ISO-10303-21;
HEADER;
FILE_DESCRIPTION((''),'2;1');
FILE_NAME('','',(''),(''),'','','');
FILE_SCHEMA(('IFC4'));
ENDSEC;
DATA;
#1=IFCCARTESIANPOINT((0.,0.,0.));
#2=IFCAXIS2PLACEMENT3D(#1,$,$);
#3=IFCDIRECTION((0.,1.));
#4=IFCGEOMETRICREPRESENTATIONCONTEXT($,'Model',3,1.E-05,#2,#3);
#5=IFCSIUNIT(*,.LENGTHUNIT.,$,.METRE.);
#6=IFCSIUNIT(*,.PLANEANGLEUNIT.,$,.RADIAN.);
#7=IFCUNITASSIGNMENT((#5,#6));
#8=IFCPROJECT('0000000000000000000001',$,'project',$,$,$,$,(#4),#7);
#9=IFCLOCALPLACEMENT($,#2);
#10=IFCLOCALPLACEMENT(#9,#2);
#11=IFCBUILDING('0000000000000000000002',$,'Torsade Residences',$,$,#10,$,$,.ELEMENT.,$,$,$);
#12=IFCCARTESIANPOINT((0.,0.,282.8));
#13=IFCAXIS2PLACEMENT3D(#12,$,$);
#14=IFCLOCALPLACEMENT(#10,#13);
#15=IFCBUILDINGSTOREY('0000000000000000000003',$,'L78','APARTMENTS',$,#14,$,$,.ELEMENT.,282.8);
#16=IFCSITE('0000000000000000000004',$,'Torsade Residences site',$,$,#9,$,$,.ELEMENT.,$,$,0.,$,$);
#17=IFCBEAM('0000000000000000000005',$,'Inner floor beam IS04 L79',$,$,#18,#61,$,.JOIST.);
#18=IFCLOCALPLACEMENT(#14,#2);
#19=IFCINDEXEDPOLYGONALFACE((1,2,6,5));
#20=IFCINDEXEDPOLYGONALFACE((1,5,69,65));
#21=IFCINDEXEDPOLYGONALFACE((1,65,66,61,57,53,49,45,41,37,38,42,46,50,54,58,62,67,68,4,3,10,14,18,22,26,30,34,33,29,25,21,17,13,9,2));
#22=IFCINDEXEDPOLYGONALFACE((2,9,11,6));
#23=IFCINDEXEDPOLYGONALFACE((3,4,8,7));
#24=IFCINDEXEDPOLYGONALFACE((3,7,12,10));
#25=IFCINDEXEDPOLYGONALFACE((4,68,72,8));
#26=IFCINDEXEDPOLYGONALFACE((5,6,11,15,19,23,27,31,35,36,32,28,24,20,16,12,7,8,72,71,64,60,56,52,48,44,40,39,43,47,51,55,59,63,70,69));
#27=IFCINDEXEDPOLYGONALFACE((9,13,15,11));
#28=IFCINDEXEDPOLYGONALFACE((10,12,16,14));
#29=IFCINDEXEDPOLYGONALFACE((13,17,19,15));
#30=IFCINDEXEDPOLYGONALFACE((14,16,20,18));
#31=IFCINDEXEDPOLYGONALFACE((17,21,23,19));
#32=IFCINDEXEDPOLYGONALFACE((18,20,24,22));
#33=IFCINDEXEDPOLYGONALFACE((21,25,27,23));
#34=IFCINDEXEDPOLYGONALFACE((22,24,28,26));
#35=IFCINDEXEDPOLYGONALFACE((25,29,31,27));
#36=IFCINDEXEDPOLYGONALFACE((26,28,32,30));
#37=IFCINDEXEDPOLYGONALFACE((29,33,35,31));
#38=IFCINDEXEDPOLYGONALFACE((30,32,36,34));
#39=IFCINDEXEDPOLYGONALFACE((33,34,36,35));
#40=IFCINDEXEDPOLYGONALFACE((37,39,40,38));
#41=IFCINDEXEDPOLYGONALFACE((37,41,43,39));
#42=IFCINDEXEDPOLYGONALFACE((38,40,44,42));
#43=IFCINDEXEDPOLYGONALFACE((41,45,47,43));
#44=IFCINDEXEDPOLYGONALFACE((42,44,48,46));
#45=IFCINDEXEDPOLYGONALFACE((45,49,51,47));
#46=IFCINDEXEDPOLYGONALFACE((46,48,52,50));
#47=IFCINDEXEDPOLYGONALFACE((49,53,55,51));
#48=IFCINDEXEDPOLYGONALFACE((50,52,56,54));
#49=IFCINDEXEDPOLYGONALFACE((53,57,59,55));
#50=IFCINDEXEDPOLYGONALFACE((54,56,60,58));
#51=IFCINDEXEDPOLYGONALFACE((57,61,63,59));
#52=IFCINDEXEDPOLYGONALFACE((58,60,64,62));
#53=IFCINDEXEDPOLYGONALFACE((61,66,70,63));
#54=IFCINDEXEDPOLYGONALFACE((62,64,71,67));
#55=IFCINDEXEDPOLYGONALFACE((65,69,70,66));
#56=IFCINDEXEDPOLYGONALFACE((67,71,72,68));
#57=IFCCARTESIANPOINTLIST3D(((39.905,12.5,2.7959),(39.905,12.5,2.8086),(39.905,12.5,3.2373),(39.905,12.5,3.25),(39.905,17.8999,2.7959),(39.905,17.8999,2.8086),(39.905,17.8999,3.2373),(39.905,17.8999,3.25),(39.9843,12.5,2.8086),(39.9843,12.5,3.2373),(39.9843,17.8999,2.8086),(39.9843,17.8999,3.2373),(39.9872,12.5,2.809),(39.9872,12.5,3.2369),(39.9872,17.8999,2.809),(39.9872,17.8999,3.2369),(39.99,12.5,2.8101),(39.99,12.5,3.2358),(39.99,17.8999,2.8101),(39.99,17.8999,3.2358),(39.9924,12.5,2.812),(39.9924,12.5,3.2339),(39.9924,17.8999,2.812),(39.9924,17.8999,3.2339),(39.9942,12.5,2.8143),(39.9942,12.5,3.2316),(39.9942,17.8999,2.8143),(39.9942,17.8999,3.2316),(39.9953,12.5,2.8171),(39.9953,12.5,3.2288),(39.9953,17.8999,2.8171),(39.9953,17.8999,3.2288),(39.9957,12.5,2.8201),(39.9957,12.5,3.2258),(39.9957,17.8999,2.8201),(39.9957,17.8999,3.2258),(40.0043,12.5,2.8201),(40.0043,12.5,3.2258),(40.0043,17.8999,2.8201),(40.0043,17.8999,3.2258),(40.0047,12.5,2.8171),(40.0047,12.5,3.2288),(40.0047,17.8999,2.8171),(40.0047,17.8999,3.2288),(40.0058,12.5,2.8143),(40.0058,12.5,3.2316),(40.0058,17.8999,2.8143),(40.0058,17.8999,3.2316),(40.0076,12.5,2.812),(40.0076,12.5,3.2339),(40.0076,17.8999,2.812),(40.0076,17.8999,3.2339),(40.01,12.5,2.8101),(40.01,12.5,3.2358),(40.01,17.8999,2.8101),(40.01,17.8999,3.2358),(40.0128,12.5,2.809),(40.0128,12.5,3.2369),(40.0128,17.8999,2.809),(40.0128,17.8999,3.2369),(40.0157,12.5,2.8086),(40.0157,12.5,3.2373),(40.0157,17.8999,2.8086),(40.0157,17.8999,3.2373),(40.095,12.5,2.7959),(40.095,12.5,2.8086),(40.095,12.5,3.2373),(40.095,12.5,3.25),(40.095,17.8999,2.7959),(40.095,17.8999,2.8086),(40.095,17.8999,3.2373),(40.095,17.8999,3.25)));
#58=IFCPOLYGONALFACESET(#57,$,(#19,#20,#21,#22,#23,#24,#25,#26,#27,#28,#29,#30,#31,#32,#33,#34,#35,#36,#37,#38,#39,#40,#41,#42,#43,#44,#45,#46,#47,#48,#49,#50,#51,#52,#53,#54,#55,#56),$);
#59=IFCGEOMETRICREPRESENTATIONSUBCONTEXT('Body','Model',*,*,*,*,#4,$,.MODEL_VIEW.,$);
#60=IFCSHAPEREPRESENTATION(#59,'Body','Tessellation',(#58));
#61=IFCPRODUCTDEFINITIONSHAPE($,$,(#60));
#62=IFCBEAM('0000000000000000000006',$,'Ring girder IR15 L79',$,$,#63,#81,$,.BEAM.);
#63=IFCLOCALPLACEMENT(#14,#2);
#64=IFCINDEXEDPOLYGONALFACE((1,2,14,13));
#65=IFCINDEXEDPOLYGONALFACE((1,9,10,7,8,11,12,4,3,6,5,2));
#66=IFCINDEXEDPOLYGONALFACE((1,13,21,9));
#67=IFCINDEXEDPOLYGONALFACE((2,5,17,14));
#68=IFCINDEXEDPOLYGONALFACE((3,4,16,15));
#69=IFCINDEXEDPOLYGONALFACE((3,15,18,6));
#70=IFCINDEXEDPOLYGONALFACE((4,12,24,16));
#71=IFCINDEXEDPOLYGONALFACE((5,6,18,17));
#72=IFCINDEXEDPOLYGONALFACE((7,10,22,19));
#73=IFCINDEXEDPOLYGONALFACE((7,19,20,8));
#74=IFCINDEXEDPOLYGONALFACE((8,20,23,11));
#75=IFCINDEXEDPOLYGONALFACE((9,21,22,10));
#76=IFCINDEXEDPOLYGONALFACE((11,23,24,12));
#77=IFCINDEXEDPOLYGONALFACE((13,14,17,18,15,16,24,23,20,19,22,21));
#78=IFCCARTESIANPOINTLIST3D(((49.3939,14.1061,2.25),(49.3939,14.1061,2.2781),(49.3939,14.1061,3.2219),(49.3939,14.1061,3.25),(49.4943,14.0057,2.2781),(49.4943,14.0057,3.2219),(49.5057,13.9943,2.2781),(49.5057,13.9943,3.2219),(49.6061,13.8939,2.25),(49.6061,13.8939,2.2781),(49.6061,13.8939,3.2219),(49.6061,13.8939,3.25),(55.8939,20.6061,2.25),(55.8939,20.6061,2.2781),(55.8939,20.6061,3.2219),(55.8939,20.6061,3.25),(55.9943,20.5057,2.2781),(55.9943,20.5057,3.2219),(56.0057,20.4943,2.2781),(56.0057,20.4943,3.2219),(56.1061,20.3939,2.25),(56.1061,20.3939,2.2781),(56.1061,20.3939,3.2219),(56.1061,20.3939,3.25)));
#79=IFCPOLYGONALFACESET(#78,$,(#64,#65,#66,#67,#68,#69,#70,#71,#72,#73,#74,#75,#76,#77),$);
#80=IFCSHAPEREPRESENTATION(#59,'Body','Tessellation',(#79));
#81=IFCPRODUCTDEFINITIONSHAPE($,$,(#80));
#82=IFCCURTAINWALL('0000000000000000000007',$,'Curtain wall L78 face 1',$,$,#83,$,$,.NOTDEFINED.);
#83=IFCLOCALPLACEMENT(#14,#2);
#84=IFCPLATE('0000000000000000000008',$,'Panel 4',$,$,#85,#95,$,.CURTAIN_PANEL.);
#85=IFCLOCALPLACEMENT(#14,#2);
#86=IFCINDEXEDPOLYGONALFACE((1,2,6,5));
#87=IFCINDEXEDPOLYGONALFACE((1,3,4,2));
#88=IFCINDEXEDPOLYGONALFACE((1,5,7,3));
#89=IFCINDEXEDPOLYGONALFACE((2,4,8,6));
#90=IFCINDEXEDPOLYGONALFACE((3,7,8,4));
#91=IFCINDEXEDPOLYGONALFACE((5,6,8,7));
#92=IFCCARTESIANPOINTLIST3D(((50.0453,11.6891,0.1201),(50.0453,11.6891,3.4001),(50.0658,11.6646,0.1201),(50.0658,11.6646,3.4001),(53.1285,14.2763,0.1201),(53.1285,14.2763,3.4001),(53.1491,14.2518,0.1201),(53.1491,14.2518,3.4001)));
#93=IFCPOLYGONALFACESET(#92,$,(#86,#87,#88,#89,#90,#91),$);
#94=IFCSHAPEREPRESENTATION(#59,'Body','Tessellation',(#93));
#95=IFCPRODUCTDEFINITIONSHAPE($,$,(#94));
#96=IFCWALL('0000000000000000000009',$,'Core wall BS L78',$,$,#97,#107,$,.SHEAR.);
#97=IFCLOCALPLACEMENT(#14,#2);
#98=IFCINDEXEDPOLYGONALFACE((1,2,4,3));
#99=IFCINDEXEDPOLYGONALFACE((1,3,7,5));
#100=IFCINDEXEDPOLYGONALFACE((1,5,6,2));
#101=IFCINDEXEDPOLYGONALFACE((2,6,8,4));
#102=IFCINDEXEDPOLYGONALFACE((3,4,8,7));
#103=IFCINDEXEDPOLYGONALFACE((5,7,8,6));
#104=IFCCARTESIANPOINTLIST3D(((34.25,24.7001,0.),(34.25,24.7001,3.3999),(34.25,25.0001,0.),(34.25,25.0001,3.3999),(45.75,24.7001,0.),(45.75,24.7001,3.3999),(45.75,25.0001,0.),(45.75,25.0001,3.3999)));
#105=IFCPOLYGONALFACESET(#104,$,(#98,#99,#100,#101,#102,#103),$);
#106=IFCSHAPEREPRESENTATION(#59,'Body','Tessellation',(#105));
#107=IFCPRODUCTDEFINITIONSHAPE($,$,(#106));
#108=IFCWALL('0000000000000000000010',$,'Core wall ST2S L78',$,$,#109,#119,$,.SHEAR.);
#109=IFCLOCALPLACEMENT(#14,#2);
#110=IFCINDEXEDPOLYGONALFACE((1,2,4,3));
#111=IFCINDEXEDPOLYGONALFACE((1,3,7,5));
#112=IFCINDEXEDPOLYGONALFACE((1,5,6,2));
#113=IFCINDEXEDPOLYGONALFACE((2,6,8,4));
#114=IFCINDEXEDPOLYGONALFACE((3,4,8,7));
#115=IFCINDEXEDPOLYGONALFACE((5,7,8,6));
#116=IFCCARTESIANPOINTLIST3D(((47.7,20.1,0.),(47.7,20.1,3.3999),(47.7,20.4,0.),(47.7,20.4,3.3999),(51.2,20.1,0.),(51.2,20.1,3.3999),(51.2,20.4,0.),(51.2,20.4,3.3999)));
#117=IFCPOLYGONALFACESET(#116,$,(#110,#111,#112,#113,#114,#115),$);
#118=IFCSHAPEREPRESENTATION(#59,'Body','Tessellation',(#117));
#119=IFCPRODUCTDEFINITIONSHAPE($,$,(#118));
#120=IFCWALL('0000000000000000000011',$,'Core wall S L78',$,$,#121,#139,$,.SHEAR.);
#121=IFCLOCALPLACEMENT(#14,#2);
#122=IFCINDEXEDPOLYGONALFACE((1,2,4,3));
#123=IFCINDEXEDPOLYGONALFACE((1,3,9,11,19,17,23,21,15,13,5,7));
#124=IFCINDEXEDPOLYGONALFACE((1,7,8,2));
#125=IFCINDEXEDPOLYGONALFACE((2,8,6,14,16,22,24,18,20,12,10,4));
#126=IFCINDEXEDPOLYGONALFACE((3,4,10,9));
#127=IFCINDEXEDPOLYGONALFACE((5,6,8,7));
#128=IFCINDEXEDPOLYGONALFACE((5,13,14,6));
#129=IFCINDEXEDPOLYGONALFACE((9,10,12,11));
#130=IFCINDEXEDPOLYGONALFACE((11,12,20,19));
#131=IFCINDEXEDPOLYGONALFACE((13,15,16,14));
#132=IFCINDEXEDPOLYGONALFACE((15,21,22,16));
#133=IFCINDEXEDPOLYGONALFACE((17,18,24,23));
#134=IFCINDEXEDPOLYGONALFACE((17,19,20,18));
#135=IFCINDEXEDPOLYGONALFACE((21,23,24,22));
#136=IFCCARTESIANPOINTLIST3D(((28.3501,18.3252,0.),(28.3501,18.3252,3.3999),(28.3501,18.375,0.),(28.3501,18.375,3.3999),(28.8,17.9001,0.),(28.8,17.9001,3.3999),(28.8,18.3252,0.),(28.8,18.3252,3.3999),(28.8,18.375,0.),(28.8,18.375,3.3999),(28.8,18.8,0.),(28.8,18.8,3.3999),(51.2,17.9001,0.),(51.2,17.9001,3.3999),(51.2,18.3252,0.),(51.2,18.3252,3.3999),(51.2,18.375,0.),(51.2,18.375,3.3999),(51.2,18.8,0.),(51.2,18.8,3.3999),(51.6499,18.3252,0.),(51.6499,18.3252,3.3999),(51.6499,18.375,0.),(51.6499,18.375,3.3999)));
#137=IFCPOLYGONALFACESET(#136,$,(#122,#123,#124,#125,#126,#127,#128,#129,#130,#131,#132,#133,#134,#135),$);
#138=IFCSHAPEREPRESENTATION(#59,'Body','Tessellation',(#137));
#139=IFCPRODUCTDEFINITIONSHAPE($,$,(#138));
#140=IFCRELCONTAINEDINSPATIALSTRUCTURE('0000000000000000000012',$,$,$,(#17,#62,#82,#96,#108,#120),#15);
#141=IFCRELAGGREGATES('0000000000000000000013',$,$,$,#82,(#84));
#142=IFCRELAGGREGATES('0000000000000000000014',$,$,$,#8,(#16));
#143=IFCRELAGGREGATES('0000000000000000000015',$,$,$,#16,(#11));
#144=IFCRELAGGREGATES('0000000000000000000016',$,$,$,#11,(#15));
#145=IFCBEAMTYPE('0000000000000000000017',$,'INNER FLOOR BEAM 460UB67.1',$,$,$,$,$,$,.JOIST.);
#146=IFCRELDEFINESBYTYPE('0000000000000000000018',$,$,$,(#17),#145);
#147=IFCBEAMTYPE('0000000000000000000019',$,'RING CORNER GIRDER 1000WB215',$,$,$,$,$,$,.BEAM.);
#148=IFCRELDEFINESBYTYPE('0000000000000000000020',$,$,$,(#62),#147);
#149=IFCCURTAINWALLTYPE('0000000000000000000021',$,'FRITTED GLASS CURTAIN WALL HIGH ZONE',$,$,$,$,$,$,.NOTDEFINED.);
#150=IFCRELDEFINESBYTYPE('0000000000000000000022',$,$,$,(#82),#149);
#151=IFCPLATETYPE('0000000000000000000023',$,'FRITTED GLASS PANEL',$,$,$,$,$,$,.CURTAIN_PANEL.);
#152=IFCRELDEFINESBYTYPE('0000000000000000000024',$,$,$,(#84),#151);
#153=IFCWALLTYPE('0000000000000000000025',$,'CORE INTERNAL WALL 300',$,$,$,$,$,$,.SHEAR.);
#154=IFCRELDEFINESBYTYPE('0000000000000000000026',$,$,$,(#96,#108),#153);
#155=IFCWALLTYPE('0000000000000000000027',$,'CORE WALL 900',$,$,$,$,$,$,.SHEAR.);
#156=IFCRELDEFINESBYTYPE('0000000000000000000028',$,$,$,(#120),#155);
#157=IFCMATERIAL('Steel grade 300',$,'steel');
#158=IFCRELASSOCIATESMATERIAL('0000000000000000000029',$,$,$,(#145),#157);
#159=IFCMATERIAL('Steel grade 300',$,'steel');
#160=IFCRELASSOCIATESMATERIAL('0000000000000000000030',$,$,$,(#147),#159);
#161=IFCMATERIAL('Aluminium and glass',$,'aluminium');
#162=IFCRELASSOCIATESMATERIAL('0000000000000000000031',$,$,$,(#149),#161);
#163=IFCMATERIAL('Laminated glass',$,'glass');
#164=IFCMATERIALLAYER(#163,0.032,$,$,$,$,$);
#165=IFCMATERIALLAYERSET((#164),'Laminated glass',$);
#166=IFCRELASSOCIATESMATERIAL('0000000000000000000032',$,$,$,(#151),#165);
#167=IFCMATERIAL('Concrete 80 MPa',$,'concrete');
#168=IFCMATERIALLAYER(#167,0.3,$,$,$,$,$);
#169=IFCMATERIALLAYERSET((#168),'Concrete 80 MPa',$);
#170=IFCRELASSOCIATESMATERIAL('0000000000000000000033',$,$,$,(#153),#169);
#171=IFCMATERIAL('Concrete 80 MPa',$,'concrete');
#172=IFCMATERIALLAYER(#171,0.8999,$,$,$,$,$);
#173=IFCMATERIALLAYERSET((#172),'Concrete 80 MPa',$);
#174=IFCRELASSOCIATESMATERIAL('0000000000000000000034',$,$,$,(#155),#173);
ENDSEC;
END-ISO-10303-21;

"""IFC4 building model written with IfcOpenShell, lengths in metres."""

from ifc_helpers import new_model, si_unit, direction, frame, frame_2d, origin, origin_2d, place, context, subcontext, project, spatial, polyline, rectangle, i_section, outline, extrude, material, layer, layer_set, material_profile, profile_set, type_object, element, aggregate, save


model = new_model("IFC4")

# Units and contexts
model_context = context("Model", 3, precision=1e-05, world=origin(), true_north=direction((0.0, 1.0)))
body_context = subcontext(model_context, "Body", "Model", "MODEL_VIEW")
ifc_project = project(units=[si_unit("LENGTHUNIT", "METRE"), si_unit("PLANEANGLEUNIT", "RADIAN")], contexts=[model_context])

# Site, building, storey
site_placement = place(None, origin())
site = spatial("IfcSite", under=ifc_project, at=site_placement, Name="Torsade Residences site", CompositionType="ELEMENT", RefElevation=0.0)
building_placement = place(site_placement, origin())
building = spatial("IfcBuilding", under=site, at=building_placement, Name="Torsade Residences", CompositionType="ELEMENT")
storey_placement = place(building_placement, frame((0.0, 0.0, 282.8)))
storey = spatial("IfcBuildingStorey", under=building, at=storey_placement, Name="L78", Description="APARTMENTS", CompositionType="ELEMENT", Elevation=282.8)

# Beams
ifc_material_1 = material(Name="Steel grade 300", Category="steel")
ifc_material_profile_1 = material_profile(ifc_material_1, i_section(OverallWidth=0.1899, OverallDepth=0.4541, WebThickness=0.0085, FlangeThickness=0.0127, FilletRadius=0.0115, at=origin_2d()), Name="460UB67.1")
ifc_profile_set_1 = profile_set([ifc_material_profile_1], Name="Steel grade 300")
beam_type_1 = type_object("IfcBeamType", Name="INNER FLOOR BEAM 460UB67.1", PredefinedType="JOIST", material=ifc_profile_set_1)
for number, where, z_axis, x_axis, name in (
    (1, (40.0, 17.8999, 3.0229), (0.0, -1.0, 0.0), (1.0, 0.0, 0.0), "Inner floor beam IS04 L79"),
):
    element("IfcBeam", number, at=place(storey_placement, frame(where, z_axis=z_axis, x_axis=x_axis)), inside=storey, type_object=beam_type_1, Name=name, PredefinedType="JOIST", context=body_context, shape_type="SweptSolid", body=[
        extrude(i_section(OverallWidth=0.1899, OverallDepth=0.4541, WebThickness=0.0085, FlangeThickness=0.0127, FilletRadius=0.0115, at=origin_2d()), origin(), (0.0, 0.0, 1.0), 5.3999),
    ])
ifc_material_2 = material(Name="Steel grade 300", Category="steel")
ifc_material_profile_2 = material_profile(ifc_material_2, i_section(OverallWidth=0.3, OverallDepth=1.0, WebThickness=0.0161, FlangeThickness=0.0281, at=origin_2d()), Name="1000WB215")
ifc_profile_set_2 = profile_set([ifc_material_profile_2], Name="Steel grade 300")
beam_type_2 = type_object("IfcBeamType", Name="RING CORNER GIRDER 1000WB215", PredefinedType="BEAM", material=ifc_profile_set_2)
beam_1_placement = place(storey_placement, frame((49.5, 14.0, 2.75), z_axis=(0.707107, 0.707107, 0.0), x_axis=(-0.707107, 0.707107, 0.0)))
element("IfcBeam", 2, at=beam_1_placement, inside=storey, type_object=beam_type_2, Name="Ring girder IR15 L79", PredefinedType="BEAM", context=body_context, shape_type="SweptSolid", body=[
    extrude(i_section(OverallWidth=0.3, OverallDepth=1.0, WebThickness=0.0161, FlangeThickness=0.0281, at=origin_2d()), origin(), (0.0, 0.0, 1.0), 9.1924),
])

# Curtain wall, plate
ifc_material_3 = material(Name="Aluminium and glass", Category="aluminium")
curtain_wall_type = type_object("IfcCurtainWallType", Name="FRITTED GLASS CURTAIN WALL HIGH ZONE", PredefinedType="NOTDEFINED", material=ifc_material_3)
curtain_wall_placement = place(storey_placement, origin())
curtain_wall = element("IfcCurtainWall", 3, at=curtain_wall_placement, inside=storey, type_object=curtain_wall_type, Name="Curtain wall L78 face 1", PredefinedType="NOTDEFINED")
ifc_material_4 = material(Name="Laminated glass", Category="glass")
ifc_layer_1 = layer(ifc_material_4, 0.032)
ifc_layer_set_1 = layer_set([ifc_layer_1], Name="Laminated glass")
plate_type = type_object("IfcPlateType", Name="FRITTED GLASS PANEL", PredefinedType="CURTAIN_PANEL", material=ifc_layer_set_1)
plate_placement = place(storey_placement, frame((51.5972, 12.9705, 0.1201), z_axis=(0.0, 0.0, 1.0), x_axis=(0.766044, 0.642788, 0.0)))
plate = element("IfcPlate", 4, at=plate_placement, type_object=plate_type, Name="Panel 4", PredefinedType="CURTAIN_PANEL", context=body_context, shape_type="SweptSolid", body=[
    extrude(rectangle(XDim=4.0249, YDim=0.032, at=origin_2d()), origin(), (0.0, 0.0, 1.0), 3.28),
])
aggregate(curtain_wall, [plate])

# Walls
ifc_material_5 = material(Name="Concrete 80 MPa", Category="concrete")
ifc_layer_2 = layer(ifc_material_5, 0.3)
ifc_layer_set_2 = layer_set([ifc_layer_2], Name="Concrete 80 MPa")
wall_type_1 = type_object("IfcWallType", Name="CORE INTERNAL WALL 300", PredefinedType="SHEAR", material=ifc_layer_set_2)
wall_1_placement = place(storey_placement, frame((45.75, 24.8501, 0.0), z_axis=(0.0, 0.0, 1.0), x_axis=(-1.0, 0.0, 0.0)))
element("IfcWall", 5, at=wall_1_placement, inside=storey, type_object=wall_type_1, Name="Core wall BS L78", PredefinedType="SHEAR", context=body_context, shape_type="SweptSolid", body=[
    extrude(rectangle(XDim=11.5, YDim=0.3, at=frame_2d((5.75, 0.0))), origin(), (0.0, 0.0, 1.0), 3.3999),
])
wall_2_placement = place(storey_placement, frame((51.2, 20.25, 0.0), z_axis=(0.0, 0.0, 1.0), x_axis=(-1.0, 0.0, 0.0)))
element("IfcWall", 6, at=wall_2_placement, inside=storey, type_object=wall_type_1, Name="Core wall ST2S L78", PredefinedType="SHEAR", context=body_context, shape_type="SweptSolid", body=[
    extrude(rectangle(XDim=3.5, YDim=0.3, at=frame_2d((1.75, 0.0))), origin(), (0.0, 0.0, 1.0), 3.3999),
])
ifc_material_6 = material(Name="Concrete 80 MPa", Category="concrete")
ifc_layer_3 = layer(ifc_material_6, 0.8999)
ifc_layer_set_3 = layer_set([ifc_layer_3], Name="Concrete 80 MPa")
wall_type_2 = type_object("IfcWallType", Name="CORE WALL 900", PredefinedType="SHEAR", material=ifc_layer_set_3)
wall_3_placement = place(storey_placement, frame((51.2, 18.3501, 0.0), z_axis=(0.0, 0.0, 1.0), x_axis=(-1.0, 0.0, 0.0)))
element("IfcWall", 7, at=wall_3_placement, inside=storey, type_object=wall_type_2, Name="Core wall S L78", PredefinedType="SHEAR", context=body_context, shape_type="SweptSolid", body=[
    extrude(outline(polyline([(0.0, -0.45), (22.3999, -0.45), (22.3999, -0.0249), (22.8499, -0.0249), (22.8499, 0.0249), (22.3999, 0.0249), (22.3999, 0.45), (0.0, 0.45), (0.0, 0.0249), (-0.45, 0.0249), (-0.45, -0.0249), (0.0, -0.0249), (0.0, -0.45)])), origin(), (0.0, 0.0, 1.0), 3.3999),
])

save(model, "model.ifc")
